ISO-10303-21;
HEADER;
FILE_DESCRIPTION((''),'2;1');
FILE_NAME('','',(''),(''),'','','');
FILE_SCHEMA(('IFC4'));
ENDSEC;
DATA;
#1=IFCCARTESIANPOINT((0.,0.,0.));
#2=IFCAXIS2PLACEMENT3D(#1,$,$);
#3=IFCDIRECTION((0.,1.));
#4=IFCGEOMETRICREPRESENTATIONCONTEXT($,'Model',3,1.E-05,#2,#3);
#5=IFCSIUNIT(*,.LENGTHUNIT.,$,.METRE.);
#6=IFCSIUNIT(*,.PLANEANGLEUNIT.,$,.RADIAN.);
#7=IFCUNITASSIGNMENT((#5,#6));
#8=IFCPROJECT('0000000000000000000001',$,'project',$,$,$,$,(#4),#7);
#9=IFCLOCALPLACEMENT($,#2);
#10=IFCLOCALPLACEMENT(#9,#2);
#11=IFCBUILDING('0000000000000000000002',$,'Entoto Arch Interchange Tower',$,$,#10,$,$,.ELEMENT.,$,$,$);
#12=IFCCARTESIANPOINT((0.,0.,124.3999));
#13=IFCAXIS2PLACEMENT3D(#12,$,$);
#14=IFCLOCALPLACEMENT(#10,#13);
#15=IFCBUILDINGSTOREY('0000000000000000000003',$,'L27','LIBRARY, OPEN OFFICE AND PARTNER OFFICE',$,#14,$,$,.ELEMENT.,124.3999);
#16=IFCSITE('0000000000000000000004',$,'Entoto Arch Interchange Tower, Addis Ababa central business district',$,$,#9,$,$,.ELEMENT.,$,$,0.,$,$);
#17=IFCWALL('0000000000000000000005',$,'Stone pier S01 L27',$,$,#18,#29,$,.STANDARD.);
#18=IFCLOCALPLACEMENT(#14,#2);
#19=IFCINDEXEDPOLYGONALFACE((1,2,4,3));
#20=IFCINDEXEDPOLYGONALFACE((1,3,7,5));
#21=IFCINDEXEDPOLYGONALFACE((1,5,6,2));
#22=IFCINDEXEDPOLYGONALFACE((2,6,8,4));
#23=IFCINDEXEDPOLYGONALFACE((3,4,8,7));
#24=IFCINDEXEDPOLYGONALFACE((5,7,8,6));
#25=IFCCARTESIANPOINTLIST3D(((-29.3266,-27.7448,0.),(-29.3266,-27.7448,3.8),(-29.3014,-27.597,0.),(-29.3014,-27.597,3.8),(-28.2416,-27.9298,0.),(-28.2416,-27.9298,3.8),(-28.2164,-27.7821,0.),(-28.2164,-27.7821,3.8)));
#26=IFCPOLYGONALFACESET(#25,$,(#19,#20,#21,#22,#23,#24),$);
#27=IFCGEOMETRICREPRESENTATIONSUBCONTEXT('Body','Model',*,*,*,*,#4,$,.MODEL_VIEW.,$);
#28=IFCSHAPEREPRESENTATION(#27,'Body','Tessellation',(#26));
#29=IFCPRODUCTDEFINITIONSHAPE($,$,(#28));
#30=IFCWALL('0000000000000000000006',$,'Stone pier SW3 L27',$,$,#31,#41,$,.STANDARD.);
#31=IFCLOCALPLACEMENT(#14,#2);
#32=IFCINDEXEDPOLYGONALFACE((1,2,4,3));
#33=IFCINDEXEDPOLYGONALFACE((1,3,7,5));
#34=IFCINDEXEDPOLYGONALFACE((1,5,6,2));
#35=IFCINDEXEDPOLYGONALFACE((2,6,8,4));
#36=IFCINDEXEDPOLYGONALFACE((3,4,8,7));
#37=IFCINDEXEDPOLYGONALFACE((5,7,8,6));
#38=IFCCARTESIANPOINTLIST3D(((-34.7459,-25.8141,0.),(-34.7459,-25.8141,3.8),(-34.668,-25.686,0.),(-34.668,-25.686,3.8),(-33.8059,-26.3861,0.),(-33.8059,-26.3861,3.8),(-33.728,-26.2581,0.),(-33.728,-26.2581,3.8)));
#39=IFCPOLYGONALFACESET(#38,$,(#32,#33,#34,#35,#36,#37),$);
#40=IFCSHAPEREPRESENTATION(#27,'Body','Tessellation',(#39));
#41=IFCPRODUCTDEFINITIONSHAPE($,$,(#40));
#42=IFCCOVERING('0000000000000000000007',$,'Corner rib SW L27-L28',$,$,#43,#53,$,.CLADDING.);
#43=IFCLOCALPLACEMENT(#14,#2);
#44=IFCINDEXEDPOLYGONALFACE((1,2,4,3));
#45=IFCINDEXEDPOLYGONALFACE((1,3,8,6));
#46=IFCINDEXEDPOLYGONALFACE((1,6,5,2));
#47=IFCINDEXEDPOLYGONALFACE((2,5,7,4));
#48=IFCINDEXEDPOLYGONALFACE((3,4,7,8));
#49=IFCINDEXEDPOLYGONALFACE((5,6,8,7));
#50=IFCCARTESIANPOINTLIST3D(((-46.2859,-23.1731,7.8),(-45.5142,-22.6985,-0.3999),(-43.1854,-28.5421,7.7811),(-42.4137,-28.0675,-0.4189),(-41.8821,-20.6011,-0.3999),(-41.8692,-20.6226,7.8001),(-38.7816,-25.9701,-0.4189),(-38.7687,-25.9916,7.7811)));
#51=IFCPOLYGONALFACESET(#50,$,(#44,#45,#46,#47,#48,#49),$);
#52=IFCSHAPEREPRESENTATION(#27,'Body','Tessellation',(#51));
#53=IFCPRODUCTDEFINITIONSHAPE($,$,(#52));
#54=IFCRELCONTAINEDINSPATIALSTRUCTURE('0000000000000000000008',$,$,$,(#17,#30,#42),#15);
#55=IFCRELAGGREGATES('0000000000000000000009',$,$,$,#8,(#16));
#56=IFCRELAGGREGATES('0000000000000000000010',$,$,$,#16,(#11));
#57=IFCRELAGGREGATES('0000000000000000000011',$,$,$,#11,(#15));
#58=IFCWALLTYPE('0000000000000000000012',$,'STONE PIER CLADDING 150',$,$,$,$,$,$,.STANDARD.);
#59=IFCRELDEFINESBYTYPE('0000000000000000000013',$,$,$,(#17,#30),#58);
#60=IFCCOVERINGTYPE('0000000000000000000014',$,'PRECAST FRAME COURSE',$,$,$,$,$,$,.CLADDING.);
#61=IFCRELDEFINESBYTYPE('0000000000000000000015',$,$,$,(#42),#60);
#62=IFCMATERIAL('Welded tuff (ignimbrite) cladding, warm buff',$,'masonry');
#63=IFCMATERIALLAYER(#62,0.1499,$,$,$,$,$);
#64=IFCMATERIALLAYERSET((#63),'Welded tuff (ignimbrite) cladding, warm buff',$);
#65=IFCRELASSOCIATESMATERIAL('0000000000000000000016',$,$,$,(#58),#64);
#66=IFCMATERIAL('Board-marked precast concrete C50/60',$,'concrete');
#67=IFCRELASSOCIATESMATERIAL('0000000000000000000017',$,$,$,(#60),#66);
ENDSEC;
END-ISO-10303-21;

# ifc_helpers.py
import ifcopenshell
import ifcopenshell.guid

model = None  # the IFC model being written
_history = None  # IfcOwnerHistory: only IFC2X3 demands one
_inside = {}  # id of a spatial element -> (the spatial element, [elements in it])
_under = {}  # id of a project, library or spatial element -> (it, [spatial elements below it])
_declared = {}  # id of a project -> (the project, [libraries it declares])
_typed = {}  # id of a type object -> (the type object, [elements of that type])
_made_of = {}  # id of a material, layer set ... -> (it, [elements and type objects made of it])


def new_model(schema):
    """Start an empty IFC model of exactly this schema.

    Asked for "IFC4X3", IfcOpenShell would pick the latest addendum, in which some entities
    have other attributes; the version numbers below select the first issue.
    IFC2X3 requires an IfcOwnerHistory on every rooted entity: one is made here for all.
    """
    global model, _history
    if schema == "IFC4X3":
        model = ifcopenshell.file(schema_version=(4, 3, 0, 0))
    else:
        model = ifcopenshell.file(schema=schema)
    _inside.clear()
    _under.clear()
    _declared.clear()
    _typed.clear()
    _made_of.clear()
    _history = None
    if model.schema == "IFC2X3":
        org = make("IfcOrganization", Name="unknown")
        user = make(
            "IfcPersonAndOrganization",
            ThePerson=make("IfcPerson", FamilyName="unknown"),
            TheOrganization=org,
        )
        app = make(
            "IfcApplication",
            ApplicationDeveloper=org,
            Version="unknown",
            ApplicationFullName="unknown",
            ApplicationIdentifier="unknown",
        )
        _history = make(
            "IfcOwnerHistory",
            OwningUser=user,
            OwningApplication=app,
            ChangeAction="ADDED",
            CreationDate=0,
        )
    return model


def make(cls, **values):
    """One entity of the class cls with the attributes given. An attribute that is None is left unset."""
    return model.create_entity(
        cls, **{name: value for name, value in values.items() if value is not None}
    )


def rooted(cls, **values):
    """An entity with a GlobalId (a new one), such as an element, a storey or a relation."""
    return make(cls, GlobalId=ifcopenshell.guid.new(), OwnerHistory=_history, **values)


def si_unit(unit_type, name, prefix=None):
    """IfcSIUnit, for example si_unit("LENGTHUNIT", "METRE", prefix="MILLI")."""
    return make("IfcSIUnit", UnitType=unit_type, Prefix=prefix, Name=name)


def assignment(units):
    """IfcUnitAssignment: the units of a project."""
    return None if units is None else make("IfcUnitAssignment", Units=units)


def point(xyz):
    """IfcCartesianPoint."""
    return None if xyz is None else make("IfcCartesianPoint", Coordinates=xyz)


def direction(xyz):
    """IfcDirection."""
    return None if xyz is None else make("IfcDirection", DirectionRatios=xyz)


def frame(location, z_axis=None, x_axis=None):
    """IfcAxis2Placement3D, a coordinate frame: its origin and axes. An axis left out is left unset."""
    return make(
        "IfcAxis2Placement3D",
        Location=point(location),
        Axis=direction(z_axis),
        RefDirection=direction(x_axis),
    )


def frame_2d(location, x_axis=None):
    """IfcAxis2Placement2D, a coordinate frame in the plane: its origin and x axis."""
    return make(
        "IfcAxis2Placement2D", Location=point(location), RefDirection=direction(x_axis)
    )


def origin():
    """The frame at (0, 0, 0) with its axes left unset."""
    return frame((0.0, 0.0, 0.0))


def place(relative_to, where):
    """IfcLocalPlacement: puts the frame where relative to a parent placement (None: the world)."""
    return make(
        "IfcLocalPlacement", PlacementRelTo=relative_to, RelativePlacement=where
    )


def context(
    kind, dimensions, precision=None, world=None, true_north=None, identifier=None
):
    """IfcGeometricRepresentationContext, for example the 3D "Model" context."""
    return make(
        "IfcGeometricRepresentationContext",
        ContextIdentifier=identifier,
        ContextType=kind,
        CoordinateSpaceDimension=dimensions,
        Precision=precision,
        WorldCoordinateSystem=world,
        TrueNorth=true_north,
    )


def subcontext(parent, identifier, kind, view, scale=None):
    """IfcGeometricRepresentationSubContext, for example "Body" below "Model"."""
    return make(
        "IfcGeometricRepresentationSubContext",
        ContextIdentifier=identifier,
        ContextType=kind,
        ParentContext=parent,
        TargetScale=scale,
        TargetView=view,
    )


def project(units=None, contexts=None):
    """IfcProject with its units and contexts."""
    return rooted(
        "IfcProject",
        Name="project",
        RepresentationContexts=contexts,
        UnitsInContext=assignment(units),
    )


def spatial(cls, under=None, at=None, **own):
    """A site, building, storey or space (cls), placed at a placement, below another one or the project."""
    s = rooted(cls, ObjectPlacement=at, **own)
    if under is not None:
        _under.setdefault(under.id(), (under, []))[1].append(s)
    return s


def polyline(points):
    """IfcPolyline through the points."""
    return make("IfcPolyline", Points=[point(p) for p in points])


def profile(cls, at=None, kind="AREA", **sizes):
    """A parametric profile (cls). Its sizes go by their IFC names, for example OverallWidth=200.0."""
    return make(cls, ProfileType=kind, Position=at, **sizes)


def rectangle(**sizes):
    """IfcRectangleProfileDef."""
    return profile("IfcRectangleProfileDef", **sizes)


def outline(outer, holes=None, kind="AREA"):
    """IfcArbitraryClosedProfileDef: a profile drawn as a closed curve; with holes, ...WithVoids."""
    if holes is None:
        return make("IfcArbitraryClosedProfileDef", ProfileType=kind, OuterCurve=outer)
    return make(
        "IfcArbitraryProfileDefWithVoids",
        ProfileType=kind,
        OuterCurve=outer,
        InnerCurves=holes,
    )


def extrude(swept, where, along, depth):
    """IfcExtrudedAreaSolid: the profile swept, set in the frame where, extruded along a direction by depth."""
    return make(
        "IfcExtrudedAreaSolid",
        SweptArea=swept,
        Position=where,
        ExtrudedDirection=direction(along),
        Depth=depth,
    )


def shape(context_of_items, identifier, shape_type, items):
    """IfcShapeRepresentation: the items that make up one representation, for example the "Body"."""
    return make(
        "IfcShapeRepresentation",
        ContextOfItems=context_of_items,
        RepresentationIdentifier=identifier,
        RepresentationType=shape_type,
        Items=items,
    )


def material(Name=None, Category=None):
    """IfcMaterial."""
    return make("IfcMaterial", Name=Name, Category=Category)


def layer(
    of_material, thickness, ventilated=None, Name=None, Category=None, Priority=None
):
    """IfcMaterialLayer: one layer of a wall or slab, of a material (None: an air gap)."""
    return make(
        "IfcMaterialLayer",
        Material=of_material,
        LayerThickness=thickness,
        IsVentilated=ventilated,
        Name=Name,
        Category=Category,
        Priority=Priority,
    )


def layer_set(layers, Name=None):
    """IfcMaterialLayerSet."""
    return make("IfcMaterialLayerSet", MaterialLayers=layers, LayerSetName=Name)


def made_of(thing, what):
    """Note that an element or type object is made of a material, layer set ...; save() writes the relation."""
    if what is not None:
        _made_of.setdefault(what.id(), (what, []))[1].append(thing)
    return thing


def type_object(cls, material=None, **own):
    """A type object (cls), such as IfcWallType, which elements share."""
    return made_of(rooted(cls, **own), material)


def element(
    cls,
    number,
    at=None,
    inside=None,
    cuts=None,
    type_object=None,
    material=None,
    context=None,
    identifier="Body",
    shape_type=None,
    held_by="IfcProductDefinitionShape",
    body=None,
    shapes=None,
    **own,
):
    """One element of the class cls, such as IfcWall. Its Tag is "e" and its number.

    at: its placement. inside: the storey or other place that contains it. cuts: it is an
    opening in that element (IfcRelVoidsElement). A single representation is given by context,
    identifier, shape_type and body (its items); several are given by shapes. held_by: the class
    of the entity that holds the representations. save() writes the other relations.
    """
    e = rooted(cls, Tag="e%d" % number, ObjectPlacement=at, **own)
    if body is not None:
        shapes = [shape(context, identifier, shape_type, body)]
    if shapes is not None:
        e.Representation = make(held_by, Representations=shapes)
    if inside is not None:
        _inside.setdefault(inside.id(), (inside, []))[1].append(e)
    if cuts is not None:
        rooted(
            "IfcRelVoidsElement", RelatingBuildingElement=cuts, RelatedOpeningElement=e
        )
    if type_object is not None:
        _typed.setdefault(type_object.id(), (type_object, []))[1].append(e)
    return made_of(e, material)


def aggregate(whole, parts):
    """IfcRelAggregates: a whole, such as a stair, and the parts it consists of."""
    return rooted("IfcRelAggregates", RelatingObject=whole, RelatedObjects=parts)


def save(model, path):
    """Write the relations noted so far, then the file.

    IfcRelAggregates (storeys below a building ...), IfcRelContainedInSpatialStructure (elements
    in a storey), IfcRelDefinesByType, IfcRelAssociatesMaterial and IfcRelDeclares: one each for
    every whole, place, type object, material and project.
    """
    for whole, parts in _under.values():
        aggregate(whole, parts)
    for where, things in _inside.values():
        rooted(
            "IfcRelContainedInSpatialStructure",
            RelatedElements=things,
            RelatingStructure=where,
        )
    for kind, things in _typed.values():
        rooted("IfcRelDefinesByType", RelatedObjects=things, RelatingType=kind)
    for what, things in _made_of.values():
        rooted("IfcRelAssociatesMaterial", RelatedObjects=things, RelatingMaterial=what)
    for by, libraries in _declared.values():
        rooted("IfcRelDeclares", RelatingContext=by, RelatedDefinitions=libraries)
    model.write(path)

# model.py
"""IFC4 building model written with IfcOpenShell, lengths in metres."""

from ifc_helpers import new_model, si_unit, direction, frame, frame_2d, origin, place, context, subcontext, project, spatial, polyline, rectangle, outline, extrude, material, layer, layer_set, type_object, element, save


model = new_model("IFC4")

# Units and contexts
model_context = context("Model", 3, precision=1e-05, world=origin(), true_north=direction((0.0, 1.0)))
body_context = subcontext(model_context, "Body", "Model", "MODEL_VIEW")
ifc_project = project(units=[si_unit("LENGTHUNIT", "METRE"), si_unit("PLANEANGLEUNIT", "RADIAN")], contexts=[model_context])

# Site, building, storey
site_placement = place(None, origin())
site = spatial("IfcSite", under=ifc_project, at=site_placement, Name="Entoto Arch Interchange Tower, Addis Ababa central business district", CompositionType="ELEMENT", RefElevation=0.0)
building_placement = place(site_placement, origin())
building = spatial("IfcBuilding", under=site, at=building_placement, Name="Entoto Arch Interchange Tower", CompositionType="ELEMENT")
storey_placement = place(building_placement, frame((0.0, 0.0, 124.3999)))
storey = spatial("IfcBuildingStorey", under=building, at=storey_placement, Name="L27", Description="LIBRARY, OPEN OFFICE AND PARTNER OFFICE", CompositionType="ELEMENT", Elevation=124.3999)

# Shared definitions
ifc_material_1 = material(Name="Welded tuff (ignimbrite) cladding, warm buff", Category="masonry")

# Walls
ifc_layer_1 = layer(ifc_material_1, 0.1499)
ifc_layer_set_1 = layer_set([ifc_layer_1], Name="Welded tuff (ignimbrite) cladding, warm buff")
wall_type_1 = type_object("IfcWallType", Name="STONE PIER CLADDING 150", PredefinedType="STANDARD", material=ifc_layer_set_1)
wall_1_placement = place(storey_placement, frame((-29.314, -27.6709, 0.0), z_axis=(0.0, 0.0, 1.0), x_axis=(0.985763, -0.168139, 0.0)))
element("IfcWall", 1, at=wall_1_placement, inside=storey, type_object=wall_type_1, Name="Stone pier S01 L27", PredefinedType="STANDARD", context=body_context, shape_type="SweptSolid", body=[
    extrude(rectangle(XDim=1.1006, YDim=0.1499, at=frame_2d((0.5503, 0.0))), origin(), (0.0, 0.0, 1.0), 3.8),
])
wall_2_placement = place(storey_placement, frame((-34.707, -25.75, 0.0), z_axis=(0.0, 0.0, 1.0), x_axis=(0.854246, -0.51987, 0.0)))
element("IfcWall", 2, at=wall_2_placement, inside=storey, type_object=wall_type_1, Name="Stone pier SW3 L27", PredefinedType="STANDARD", context=body_context, shape_type="SweptSolid", body=[
    extrude(rectangle(XDim=1.1003, YDim=0.1499, at=frame_2d((0.5503, 0.0))), origin(), (0.0, 0.0, 1.0), 3.8),
])

# Covering
ifc_material_2 = material(Name="Board-marked precast concrete C50/60", Category="concrete")
covering_type = type_object("IfcCoveringType", Name="PRECAST FRAME COURSE", PredefinedType="CLADDING", material=ifc_material_2)
covering_1_placement = place(storey_placement, frame((-41.8821, -20.6011, -0.3999), z_axis=(-0.500075, 0.865977, 0.003058), x_axis=(-0.865981, -0.500077, 0.0)))
element("IfcCovering", 3, at=covering_1_placement, inside=storey, type_object=covering_type, Name="Corner rib SW L27-L28", PredefinedType="CLADDING", context=body_context, shape_type="SweptSolid", body=[
    extrude(outline(polyline([(0.0, 0.0), (4.1942, 0.0), (5.0998, 8.2), (-0.0004, 8.2), (0.0, 0.0)])), origin(), (0.0, 0.0, -1.0), 6.2),
])

save(model, "model.ifc")
